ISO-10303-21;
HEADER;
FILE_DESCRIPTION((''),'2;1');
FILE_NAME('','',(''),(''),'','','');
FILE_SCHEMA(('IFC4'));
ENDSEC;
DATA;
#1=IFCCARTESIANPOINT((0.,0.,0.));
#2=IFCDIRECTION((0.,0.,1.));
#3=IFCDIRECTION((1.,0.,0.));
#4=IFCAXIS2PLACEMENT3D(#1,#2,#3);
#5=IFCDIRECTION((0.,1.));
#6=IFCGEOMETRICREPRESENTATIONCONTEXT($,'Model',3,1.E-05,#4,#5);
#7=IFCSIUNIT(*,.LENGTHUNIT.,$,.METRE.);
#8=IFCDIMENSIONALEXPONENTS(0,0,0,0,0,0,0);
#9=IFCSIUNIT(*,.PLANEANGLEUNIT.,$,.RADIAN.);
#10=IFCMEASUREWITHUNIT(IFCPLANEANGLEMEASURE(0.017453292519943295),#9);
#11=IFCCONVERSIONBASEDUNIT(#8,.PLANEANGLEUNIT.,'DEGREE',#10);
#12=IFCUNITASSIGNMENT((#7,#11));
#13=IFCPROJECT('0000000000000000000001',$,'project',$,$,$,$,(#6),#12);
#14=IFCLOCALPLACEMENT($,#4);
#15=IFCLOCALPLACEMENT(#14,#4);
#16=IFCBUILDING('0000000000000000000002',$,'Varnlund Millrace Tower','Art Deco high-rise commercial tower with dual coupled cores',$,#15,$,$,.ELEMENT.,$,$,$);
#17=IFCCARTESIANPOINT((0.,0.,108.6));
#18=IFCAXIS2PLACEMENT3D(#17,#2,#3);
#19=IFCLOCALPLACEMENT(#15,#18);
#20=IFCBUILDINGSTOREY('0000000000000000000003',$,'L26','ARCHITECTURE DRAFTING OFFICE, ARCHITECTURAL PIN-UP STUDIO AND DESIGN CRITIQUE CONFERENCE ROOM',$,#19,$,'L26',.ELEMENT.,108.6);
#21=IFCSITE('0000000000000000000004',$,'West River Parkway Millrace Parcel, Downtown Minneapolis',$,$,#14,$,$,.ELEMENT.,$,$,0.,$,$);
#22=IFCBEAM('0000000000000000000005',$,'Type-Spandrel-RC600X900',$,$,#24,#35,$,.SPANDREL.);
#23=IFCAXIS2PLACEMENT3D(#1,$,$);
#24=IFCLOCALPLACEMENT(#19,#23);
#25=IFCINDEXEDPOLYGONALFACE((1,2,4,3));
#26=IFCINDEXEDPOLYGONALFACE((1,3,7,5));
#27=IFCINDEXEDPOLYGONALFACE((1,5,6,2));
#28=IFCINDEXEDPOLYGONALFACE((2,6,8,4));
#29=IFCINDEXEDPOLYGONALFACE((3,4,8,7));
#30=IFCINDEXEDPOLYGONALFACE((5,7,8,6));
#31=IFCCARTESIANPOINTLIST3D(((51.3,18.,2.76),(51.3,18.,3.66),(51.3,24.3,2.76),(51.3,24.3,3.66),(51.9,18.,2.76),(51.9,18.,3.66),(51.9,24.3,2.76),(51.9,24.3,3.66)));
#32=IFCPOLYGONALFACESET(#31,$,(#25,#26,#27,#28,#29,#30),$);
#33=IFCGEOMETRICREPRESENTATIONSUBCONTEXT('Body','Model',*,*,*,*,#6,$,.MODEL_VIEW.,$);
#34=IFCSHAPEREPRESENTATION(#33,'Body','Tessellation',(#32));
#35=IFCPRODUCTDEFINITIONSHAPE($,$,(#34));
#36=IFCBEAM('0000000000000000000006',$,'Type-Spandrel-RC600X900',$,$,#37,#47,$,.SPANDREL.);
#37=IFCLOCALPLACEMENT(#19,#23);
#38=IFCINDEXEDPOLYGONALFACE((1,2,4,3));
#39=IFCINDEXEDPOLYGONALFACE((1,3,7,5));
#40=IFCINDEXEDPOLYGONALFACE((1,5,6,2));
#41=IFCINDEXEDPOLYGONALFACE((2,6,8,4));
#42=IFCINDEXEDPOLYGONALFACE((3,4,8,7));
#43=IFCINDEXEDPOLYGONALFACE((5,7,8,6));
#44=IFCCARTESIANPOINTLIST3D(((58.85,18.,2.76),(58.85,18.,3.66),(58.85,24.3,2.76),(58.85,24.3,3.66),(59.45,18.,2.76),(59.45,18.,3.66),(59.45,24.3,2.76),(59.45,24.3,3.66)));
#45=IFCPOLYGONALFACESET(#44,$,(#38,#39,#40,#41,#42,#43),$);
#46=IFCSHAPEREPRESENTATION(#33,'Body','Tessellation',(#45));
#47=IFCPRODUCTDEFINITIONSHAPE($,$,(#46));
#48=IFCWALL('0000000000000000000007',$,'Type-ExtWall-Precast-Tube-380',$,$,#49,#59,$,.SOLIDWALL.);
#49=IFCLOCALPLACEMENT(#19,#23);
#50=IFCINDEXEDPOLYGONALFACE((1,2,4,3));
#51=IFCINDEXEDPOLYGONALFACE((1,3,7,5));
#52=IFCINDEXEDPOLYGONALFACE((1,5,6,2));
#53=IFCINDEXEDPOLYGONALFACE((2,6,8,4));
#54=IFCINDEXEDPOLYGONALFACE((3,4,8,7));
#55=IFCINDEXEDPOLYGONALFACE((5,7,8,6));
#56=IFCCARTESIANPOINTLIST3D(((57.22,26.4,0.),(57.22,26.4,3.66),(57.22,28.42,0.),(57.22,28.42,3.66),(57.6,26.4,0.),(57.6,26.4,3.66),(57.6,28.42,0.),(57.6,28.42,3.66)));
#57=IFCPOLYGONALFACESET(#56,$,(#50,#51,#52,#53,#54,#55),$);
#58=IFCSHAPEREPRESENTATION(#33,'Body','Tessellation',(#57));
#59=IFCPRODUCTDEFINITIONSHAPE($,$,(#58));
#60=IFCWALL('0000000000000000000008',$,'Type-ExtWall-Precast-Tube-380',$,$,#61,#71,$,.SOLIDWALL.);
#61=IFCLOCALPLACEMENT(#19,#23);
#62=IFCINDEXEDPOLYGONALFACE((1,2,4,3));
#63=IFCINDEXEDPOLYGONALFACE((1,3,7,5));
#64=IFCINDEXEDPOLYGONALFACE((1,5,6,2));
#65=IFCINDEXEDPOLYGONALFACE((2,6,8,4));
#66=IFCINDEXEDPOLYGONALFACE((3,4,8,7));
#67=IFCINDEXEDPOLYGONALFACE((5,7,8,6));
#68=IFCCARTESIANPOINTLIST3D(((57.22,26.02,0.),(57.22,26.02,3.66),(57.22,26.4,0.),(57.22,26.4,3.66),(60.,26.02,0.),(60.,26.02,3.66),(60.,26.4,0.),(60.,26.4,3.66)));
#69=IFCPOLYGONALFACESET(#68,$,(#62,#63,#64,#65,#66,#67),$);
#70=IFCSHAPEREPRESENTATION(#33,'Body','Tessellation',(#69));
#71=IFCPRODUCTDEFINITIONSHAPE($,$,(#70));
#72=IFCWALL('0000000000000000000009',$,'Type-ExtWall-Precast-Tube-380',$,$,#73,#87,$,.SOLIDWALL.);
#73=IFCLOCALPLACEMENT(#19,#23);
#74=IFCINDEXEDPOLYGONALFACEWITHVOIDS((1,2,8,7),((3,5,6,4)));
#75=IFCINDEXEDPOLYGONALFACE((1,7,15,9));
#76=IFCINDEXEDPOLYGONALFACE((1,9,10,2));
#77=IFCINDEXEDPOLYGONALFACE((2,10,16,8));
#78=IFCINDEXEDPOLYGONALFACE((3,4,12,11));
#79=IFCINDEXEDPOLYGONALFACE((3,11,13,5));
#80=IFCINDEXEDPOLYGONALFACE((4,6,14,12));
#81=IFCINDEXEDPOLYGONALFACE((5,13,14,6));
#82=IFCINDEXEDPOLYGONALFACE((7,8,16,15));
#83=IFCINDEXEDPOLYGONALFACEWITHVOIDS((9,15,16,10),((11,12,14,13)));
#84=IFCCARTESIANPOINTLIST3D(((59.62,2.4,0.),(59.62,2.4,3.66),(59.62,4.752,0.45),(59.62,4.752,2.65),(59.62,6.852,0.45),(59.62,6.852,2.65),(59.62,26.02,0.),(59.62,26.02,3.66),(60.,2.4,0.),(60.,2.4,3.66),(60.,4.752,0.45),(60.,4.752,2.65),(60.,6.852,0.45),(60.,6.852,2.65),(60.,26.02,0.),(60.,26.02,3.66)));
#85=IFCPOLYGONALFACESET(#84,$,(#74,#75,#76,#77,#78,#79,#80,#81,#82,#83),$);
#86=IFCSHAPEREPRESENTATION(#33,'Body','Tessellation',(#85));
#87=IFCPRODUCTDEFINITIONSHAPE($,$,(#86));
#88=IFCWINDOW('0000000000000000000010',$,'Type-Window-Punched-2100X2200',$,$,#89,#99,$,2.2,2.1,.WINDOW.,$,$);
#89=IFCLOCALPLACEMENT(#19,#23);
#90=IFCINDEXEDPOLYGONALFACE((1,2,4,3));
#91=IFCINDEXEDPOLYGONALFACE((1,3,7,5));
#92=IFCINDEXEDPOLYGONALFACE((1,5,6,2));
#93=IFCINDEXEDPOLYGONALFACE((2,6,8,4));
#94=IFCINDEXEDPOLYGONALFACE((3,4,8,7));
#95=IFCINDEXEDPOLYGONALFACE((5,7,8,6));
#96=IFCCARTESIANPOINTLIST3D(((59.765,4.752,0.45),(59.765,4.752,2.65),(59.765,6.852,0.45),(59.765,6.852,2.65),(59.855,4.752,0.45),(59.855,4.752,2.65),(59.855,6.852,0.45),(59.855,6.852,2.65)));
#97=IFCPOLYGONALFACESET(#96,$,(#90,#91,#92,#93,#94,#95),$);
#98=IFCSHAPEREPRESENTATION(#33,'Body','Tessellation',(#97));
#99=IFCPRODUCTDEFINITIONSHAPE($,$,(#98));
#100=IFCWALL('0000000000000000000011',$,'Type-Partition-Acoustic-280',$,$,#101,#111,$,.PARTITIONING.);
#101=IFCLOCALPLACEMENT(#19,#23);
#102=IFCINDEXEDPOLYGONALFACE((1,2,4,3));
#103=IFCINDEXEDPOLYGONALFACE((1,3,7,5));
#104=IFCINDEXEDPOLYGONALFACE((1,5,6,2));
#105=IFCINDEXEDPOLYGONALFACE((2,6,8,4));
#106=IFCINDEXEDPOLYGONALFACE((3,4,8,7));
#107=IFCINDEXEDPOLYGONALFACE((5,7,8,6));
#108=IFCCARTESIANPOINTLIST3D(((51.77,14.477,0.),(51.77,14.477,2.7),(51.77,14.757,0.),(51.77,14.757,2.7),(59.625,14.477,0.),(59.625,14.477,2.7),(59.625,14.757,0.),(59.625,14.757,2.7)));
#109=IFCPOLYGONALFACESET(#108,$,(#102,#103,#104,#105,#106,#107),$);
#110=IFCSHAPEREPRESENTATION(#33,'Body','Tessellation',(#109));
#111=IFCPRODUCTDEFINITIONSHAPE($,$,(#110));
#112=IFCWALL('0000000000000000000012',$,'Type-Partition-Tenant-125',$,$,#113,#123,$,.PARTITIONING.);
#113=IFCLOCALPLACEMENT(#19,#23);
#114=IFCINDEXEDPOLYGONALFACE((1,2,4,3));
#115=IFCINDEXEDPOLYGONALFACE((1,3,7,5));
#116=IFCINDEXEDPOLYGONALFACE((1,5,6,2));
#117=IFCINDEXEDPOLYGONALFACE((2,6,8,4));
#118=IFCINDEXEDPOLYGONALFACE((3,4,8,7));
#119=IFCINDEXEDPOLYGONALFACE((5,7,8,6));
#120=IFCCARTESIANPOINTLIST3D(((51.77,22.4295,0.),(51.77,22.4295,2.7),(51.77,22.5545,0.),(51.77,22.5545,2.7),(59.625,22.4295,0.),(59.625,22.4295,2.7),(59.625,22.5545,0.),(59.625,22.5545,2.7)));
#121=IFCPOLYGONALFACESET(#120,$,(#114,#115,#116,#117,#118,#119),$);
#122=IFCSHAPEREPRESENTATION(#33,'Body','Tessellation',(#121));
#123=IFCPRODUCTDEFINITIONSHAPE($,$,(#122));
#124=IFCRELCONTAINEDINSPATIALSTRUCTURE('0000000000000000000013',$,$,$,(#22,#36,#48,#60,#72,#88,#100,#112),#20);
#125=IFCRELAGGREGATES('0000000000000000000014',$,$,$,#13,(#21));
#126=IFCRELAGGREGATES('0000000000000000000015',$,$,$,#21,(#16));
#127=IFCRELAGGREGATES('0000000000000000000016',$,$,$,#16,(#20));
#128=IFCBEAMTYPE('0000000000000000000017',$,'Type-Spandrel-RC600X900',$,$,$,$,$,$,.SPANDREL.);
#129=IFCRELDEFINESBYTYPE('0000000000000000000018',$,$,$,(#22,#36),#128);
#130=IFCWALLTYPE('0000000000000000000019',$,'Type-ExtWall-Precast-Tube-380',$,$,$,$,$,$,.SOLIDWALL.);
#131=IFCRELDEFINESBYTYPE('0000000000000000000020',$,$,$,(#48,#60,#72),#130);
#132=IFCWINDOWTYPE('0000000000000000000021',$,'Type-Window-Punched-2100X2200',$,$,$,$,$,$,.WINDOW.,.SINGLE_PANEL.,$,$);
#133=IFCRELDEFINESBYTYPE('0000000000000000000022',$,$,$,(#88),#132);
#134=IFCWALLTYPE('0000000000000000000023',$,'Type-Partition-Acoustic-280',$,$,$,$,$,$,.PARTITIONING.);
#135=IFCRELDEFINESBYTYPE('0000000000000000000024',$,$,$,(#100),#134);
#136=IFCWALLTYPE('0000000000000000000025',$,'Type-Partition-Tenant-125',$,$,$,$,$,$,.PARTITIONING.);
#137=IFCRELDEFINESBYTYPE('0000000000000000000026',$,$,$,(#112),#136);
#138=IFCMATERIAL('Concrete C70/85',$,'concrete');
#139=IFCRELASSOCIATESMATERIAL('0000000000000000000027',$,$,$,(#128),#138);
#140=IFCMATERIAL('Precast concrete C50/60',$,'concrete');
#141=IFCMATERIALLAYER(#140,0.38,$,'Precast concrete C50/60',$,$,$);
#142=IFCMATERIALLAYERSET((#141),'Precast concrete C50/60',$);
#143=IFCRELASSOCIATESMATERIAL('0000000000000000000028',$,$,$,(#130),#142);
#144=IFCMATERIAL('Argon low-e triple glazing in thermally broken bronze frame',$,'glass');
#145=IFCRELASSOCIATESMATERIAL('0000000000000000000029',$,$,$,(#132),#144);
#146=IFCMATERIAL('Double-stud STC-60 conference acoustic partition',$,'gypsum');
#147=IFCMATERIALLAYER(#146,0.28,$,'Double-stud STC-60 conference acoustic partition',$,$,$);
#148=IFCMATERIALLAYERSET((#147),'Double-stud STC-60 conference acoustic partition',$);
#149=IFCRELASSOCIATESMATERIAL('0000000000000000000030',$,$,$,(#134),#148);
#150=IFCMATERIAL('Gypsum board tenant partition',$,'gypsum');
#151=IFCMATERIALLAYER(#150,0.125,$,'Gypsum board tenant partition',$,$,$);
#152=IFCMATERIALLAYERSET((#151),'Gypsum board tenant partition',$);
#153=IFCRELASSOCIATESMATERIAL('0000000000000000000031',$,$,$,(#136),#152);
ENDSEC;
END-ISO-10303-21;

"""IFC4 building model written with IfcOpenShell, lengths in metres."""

from ifc_helpers import new_model, entity, si_unit, converted_unit, direction, frame, origin_with_axes, origin_2d_with_axis, place, context, subcontext, project, spatial, polyline, rectangle, outline, extrude, material, layer, layer_set, material_profile, profile_set, type_object, element, fill, save


model = new_model("IFC4")

# Units and contexts
model_context = context("Model", 3, precision=1e-05, world=origin_with_axes(), true_north=direction((0.0, 1.0)))
body_context = subcontext(model_context, "Body", "Model", "MODEL_VIEW")
ifc_project = project(units=[si_unit("LENGTHUNIT", "METRE"), converted_unit("PLANEANGLEUNIT", "DEGREE", entity("IfcPlaneAngleMeasure", 0.017453292519943295), si_unit("PLANEANGLEUNIT", "RADIAN"), dimensions=[0, 0, 0, 0, 0, 0, 0])], contexts=[model_context])

# Site, building, storey
site_placement = place(None, origin_with_axes())
site = spatial("IfcSite", under=ifc_project, at=site_placement, Name="West River Parkway Millrace Parcel, Downtown Minneapolis", CompositionType="ELEMENT", RefElevation=0.0)
building_placement = place(site_placement, origin_with_axes())
building = spatial("IfcBuilding", under=site, at=building_placement, Name="Varnlund Millrace Tower", Description="Art Deco high-rise commercial tower with dual coupled cores", CompositionType="ELEMENT")
storey_placement = place(building_placement, frame((0.0, 0.0, 108.6), z_axis=(0.0, 0.0, 1.0), x_axis=(1.0, 0.0, 0.0)))
storey = spatial("IfcBuildingStorey", under=building, at=storey_placement, Name="L26", Description="ARCHITECTURE DRAFTING OFFICE, ARCHITECTURAL PIN-UP STUDIO AND DESIGN CRITIQUE CONFERENCE ROOM", LongName="L26", CompositionType="ELEMENT", Elevation=108.6)

# Beams
ifc_material_1 = material(Name="Concrete C70/85", Category="concrete")
ifc_material_profile_1 = material_profile(ifc_material_1, rectangle(XDim=0.6, YDim=0.9, at=origin_2d_with_axis()), Name="Concrete C70/85")
ifc_profile_set_1 = profile_set([ifc_material_profile_1], Name="Concrete C70/85")
beam_type_1 = type_object("IfcBeamType", Name="Type-Spandrel-RC600X900", PredefinedType="SPANDREL", material=ifc_profile_set_1)
for number, where, z_axis, x_axis, name in (
    (1, (51.6, 18.0, 3.21), (0.0, 1.0, 0.0), (-1.0, 0.0, 0.0), "Type-Spandrel-RC600X900"),
    (2, (59.15, 18.0, 3.21), (0.0, 1.0, 0.0), (-1.0, 0.0, 0.0), "Type-Spandrel-RC600X900"),
):
    element("IfcBeam", number, at=place(storey_placement, frame(where, z_axis=z_axis, x_axis=x_axis)), inside=storey, type_object=beam_type_1, Name=name, PredefinedType="SPANDREL", context=body_context, shape_type="SweptSolid", body=[
        extrude(rectangle(XDim=0.6, YDim=0.9, at=origin_2d_with_axis()), origin_with_axes(), (0.0, 0.0, 1.0), 6.3),
    ])

# Walls
ifc_material_2 = material(Name="Precast concrete C50/60", Category="concrete")
ifc_layer_1 = layer(ifc_material_2, 0.38, Name="Precast concrete C50/60")
ifc_layer_set_1 = layer_set([ifc_layer_1], Name="Precast concrete C50/60")
wall_type_1 = type_object("IfcWallType", Name="Type-ExtWall-Precast-Tube-380", PredefinedType="SOLIDWALL", material=ifc_layer_set_1)
wall_1_placement = place(storey_placement, frame((57.41, 28.42, 0.0), z_axis=(0.0, 0.0, 1.0), x_axis=(0.0, -1.0, 0.0)))
element("IfcWall", 3, at=wall_1_placement, inside=storey, type_object=wall_type_1, Name="Type-ExtWall-Precast-Tube-380", PredefinedType="SOLIDWALL", context=body_context, shape_type="SweptSolid", body=[
    extrude(outline(polyline([(0.0, -0.19), (2.02, -0.19), (2.02, 0.19), (0.0, 0.19), (0.0, -0.19)])), origin_with_axes(), (0.0, 0.0, 1.0), 3.66),
])
wall_2_placement = place(storey_placement, frame((57.22, 26.21, 0.0), z_axis=(0.0, 0.0, 1.0), x_axis=(1.0, 0.0, 0.0)))
element("IfcWall", 4, at=wall_2_placement, inside=storey, type_object=wall_type_1, Name="Type-ExtWall-Precast-Tube-380", PredefinedType="SOLIDWALL", context=body_context, shape_type="SweptSolid", body=[
    extrude(outline(polyline([(0.0, -0.19), (2.78, -0.19), (2.78, 0.19), (0.0, 0.19), (0.0, -0.19)])), origin_with_axes(), (0.0, 0.0, 1.0), 3.66),
])

# Wall, opening, window
wall_3_placement = place(storey_placement, frame((59.81, 26.02, 0.0), z_axis=(0.0, 0.0, 1.0), x_axis=(0.0, -1.0, 0.0)))
wall_3 = element("IfcWall", 5, at=wall_3_placement, inside=storey, type_object=wall_type_1, Name="Type-ExtWall-Precast-Tube-380", PredefinedType="SOLIDWALL", context=body_context, shape_type="SweptSolid", body=[
    extrude(outline(polyline([(0.0, -0.19), (23.62, -0.19), (23.62, 0.19), (0.0, 0.19), (0.0, -0.19)])), origin_with_axes(), (0.0, 0.0, 1.0), 3.66),
])
opening_placement = place(wall_3_placement, frame((20.218, 0.0, 0.45), z_axis=(0.0, 0.0, 1.0), x_axis=(1.0, 0.0, 0.0)))
opening = element("IfcOpeningElement", 6, at=opening_placement, cuts=wall_3, PredefinedType="OPENING", context=body_context, shape_type="SweptSolid", body=[
    extrude(rectangle(XDim=2.1, YDim=0.4, at=origin_2d_with_axis()), origin_with_axes(), (0.0, 0.0, 1.0), 2.2),
])
ifc_material_3 = material(Name="Argon low-e triple glazing in thermally broken bronze frame", Category="glass")
window_type = type_object("IfcWindowType", Name="Type-Window-Punched-2100X2200", PartitioningType="SINGLE_PANEL", PredefinedType="WINDOW", material=ifc_material_3)
window_placement = place(wall_3_placement, frame((20.218, 0.0, 0.45), z_axis=(0.0, 0.0, 1.0), x_axis=(1.0, 0.0, 0.0)))
window = element("IfcWindow", 7, at=window_placement, inside=storey, type_object=window_type, Name="Type-Window-Punched-2100X2200", OverallHeight=2.2, OverallWidth=2.1, PredefinedType="WINDOW", context=body_context, shape_type="SweptSolid", body=[
    extrude(rectangle(XDim=2.1, YDim=0.09, at=origin_2d_with_axis()), origin_with_axes(), (0.0, 0.0, 1.0), 2.2),
])
fill(opening, window)

# Walls
ifc_material_4 = material(Name="Double-stud STC-60 conference acoustic partition", Category="gypsum")
ifc_layer_2 = layer(ifc_material_4, 0.28, Name="Double-stud STC-60 conference acoustic partition")
ifc_layer_set_2 = layer_set([ifc_layer_2], Name="Double-stud STC-60 conference acoustic partition")
wall_type_2 = type_object("IfcWallType", Name="Type-Partition-Acoustic-280", PredefinedType="PARTITIONING", material=ifc_layer_set_2)
wall_4_placement = place(storey_placement, frame((51.77, 14.617, 0.0), z_axis=(0.0, 0.0, 1.0), x_axis=(1.0, 0.0, 0.0)))
element("IfcWall", 8, at=wall_4_placement, inside=storey, type_object=wall_type_2, Name="Type-Partition-Acoustic-280", PredefinedType="PARTITIONING", context=body_context, shape_type="SweptSolid", body=[
    extrude(outline(polyline([(0.0, -0.14), (7.855, -0.14), (7.855, 0.14), (0.0, 0.14), (0.0, -0.14)])), origin_with_axes(), (0.0, 0.0, 1.0), 2.7),
])
ifc_material_5 = material(Name="Gypsum board tenant partition", Category="gypsum")
ifc_layer_3 = layer(ifc_material_5, 0.125, Name="Gypsum board tenant partition")
ifc_layer_set_3 = layer_set([ifc_layer_3], Name="Gypsum board tenant partition")
wall_type_3 = type_object("IfcWallType", Name="Type-Partition-Tenant-125", PredefinedType="PARTITIONING", material=ifc_layer_set_3)
wall_5_placement = place(storey_placement, frame((51.77, 22.492, 0.0), z_axis=(0.0, 0.0, 1.0), x_axis=(1.0, 0.0, 0.0)))
element("IfcWall", 9, at=wall_5_placement, inside=storey, type_object=wall_type_3, Name="Type-Partition-Tenant-125", PredefinedType="PARTITIONING", context=body_context, shape_type="SweptSolid", body=[
    extrude(outline(polyline([(0.0, -0.0625), (7.855, -0.0625), (7.855, 0.0625), (0.0, 0.0625), (0.0, -0.0625)])), origin_with_axes(), (0.0, 0.0, 1.0), 2.7),
])

save(model, "model.ifc")
